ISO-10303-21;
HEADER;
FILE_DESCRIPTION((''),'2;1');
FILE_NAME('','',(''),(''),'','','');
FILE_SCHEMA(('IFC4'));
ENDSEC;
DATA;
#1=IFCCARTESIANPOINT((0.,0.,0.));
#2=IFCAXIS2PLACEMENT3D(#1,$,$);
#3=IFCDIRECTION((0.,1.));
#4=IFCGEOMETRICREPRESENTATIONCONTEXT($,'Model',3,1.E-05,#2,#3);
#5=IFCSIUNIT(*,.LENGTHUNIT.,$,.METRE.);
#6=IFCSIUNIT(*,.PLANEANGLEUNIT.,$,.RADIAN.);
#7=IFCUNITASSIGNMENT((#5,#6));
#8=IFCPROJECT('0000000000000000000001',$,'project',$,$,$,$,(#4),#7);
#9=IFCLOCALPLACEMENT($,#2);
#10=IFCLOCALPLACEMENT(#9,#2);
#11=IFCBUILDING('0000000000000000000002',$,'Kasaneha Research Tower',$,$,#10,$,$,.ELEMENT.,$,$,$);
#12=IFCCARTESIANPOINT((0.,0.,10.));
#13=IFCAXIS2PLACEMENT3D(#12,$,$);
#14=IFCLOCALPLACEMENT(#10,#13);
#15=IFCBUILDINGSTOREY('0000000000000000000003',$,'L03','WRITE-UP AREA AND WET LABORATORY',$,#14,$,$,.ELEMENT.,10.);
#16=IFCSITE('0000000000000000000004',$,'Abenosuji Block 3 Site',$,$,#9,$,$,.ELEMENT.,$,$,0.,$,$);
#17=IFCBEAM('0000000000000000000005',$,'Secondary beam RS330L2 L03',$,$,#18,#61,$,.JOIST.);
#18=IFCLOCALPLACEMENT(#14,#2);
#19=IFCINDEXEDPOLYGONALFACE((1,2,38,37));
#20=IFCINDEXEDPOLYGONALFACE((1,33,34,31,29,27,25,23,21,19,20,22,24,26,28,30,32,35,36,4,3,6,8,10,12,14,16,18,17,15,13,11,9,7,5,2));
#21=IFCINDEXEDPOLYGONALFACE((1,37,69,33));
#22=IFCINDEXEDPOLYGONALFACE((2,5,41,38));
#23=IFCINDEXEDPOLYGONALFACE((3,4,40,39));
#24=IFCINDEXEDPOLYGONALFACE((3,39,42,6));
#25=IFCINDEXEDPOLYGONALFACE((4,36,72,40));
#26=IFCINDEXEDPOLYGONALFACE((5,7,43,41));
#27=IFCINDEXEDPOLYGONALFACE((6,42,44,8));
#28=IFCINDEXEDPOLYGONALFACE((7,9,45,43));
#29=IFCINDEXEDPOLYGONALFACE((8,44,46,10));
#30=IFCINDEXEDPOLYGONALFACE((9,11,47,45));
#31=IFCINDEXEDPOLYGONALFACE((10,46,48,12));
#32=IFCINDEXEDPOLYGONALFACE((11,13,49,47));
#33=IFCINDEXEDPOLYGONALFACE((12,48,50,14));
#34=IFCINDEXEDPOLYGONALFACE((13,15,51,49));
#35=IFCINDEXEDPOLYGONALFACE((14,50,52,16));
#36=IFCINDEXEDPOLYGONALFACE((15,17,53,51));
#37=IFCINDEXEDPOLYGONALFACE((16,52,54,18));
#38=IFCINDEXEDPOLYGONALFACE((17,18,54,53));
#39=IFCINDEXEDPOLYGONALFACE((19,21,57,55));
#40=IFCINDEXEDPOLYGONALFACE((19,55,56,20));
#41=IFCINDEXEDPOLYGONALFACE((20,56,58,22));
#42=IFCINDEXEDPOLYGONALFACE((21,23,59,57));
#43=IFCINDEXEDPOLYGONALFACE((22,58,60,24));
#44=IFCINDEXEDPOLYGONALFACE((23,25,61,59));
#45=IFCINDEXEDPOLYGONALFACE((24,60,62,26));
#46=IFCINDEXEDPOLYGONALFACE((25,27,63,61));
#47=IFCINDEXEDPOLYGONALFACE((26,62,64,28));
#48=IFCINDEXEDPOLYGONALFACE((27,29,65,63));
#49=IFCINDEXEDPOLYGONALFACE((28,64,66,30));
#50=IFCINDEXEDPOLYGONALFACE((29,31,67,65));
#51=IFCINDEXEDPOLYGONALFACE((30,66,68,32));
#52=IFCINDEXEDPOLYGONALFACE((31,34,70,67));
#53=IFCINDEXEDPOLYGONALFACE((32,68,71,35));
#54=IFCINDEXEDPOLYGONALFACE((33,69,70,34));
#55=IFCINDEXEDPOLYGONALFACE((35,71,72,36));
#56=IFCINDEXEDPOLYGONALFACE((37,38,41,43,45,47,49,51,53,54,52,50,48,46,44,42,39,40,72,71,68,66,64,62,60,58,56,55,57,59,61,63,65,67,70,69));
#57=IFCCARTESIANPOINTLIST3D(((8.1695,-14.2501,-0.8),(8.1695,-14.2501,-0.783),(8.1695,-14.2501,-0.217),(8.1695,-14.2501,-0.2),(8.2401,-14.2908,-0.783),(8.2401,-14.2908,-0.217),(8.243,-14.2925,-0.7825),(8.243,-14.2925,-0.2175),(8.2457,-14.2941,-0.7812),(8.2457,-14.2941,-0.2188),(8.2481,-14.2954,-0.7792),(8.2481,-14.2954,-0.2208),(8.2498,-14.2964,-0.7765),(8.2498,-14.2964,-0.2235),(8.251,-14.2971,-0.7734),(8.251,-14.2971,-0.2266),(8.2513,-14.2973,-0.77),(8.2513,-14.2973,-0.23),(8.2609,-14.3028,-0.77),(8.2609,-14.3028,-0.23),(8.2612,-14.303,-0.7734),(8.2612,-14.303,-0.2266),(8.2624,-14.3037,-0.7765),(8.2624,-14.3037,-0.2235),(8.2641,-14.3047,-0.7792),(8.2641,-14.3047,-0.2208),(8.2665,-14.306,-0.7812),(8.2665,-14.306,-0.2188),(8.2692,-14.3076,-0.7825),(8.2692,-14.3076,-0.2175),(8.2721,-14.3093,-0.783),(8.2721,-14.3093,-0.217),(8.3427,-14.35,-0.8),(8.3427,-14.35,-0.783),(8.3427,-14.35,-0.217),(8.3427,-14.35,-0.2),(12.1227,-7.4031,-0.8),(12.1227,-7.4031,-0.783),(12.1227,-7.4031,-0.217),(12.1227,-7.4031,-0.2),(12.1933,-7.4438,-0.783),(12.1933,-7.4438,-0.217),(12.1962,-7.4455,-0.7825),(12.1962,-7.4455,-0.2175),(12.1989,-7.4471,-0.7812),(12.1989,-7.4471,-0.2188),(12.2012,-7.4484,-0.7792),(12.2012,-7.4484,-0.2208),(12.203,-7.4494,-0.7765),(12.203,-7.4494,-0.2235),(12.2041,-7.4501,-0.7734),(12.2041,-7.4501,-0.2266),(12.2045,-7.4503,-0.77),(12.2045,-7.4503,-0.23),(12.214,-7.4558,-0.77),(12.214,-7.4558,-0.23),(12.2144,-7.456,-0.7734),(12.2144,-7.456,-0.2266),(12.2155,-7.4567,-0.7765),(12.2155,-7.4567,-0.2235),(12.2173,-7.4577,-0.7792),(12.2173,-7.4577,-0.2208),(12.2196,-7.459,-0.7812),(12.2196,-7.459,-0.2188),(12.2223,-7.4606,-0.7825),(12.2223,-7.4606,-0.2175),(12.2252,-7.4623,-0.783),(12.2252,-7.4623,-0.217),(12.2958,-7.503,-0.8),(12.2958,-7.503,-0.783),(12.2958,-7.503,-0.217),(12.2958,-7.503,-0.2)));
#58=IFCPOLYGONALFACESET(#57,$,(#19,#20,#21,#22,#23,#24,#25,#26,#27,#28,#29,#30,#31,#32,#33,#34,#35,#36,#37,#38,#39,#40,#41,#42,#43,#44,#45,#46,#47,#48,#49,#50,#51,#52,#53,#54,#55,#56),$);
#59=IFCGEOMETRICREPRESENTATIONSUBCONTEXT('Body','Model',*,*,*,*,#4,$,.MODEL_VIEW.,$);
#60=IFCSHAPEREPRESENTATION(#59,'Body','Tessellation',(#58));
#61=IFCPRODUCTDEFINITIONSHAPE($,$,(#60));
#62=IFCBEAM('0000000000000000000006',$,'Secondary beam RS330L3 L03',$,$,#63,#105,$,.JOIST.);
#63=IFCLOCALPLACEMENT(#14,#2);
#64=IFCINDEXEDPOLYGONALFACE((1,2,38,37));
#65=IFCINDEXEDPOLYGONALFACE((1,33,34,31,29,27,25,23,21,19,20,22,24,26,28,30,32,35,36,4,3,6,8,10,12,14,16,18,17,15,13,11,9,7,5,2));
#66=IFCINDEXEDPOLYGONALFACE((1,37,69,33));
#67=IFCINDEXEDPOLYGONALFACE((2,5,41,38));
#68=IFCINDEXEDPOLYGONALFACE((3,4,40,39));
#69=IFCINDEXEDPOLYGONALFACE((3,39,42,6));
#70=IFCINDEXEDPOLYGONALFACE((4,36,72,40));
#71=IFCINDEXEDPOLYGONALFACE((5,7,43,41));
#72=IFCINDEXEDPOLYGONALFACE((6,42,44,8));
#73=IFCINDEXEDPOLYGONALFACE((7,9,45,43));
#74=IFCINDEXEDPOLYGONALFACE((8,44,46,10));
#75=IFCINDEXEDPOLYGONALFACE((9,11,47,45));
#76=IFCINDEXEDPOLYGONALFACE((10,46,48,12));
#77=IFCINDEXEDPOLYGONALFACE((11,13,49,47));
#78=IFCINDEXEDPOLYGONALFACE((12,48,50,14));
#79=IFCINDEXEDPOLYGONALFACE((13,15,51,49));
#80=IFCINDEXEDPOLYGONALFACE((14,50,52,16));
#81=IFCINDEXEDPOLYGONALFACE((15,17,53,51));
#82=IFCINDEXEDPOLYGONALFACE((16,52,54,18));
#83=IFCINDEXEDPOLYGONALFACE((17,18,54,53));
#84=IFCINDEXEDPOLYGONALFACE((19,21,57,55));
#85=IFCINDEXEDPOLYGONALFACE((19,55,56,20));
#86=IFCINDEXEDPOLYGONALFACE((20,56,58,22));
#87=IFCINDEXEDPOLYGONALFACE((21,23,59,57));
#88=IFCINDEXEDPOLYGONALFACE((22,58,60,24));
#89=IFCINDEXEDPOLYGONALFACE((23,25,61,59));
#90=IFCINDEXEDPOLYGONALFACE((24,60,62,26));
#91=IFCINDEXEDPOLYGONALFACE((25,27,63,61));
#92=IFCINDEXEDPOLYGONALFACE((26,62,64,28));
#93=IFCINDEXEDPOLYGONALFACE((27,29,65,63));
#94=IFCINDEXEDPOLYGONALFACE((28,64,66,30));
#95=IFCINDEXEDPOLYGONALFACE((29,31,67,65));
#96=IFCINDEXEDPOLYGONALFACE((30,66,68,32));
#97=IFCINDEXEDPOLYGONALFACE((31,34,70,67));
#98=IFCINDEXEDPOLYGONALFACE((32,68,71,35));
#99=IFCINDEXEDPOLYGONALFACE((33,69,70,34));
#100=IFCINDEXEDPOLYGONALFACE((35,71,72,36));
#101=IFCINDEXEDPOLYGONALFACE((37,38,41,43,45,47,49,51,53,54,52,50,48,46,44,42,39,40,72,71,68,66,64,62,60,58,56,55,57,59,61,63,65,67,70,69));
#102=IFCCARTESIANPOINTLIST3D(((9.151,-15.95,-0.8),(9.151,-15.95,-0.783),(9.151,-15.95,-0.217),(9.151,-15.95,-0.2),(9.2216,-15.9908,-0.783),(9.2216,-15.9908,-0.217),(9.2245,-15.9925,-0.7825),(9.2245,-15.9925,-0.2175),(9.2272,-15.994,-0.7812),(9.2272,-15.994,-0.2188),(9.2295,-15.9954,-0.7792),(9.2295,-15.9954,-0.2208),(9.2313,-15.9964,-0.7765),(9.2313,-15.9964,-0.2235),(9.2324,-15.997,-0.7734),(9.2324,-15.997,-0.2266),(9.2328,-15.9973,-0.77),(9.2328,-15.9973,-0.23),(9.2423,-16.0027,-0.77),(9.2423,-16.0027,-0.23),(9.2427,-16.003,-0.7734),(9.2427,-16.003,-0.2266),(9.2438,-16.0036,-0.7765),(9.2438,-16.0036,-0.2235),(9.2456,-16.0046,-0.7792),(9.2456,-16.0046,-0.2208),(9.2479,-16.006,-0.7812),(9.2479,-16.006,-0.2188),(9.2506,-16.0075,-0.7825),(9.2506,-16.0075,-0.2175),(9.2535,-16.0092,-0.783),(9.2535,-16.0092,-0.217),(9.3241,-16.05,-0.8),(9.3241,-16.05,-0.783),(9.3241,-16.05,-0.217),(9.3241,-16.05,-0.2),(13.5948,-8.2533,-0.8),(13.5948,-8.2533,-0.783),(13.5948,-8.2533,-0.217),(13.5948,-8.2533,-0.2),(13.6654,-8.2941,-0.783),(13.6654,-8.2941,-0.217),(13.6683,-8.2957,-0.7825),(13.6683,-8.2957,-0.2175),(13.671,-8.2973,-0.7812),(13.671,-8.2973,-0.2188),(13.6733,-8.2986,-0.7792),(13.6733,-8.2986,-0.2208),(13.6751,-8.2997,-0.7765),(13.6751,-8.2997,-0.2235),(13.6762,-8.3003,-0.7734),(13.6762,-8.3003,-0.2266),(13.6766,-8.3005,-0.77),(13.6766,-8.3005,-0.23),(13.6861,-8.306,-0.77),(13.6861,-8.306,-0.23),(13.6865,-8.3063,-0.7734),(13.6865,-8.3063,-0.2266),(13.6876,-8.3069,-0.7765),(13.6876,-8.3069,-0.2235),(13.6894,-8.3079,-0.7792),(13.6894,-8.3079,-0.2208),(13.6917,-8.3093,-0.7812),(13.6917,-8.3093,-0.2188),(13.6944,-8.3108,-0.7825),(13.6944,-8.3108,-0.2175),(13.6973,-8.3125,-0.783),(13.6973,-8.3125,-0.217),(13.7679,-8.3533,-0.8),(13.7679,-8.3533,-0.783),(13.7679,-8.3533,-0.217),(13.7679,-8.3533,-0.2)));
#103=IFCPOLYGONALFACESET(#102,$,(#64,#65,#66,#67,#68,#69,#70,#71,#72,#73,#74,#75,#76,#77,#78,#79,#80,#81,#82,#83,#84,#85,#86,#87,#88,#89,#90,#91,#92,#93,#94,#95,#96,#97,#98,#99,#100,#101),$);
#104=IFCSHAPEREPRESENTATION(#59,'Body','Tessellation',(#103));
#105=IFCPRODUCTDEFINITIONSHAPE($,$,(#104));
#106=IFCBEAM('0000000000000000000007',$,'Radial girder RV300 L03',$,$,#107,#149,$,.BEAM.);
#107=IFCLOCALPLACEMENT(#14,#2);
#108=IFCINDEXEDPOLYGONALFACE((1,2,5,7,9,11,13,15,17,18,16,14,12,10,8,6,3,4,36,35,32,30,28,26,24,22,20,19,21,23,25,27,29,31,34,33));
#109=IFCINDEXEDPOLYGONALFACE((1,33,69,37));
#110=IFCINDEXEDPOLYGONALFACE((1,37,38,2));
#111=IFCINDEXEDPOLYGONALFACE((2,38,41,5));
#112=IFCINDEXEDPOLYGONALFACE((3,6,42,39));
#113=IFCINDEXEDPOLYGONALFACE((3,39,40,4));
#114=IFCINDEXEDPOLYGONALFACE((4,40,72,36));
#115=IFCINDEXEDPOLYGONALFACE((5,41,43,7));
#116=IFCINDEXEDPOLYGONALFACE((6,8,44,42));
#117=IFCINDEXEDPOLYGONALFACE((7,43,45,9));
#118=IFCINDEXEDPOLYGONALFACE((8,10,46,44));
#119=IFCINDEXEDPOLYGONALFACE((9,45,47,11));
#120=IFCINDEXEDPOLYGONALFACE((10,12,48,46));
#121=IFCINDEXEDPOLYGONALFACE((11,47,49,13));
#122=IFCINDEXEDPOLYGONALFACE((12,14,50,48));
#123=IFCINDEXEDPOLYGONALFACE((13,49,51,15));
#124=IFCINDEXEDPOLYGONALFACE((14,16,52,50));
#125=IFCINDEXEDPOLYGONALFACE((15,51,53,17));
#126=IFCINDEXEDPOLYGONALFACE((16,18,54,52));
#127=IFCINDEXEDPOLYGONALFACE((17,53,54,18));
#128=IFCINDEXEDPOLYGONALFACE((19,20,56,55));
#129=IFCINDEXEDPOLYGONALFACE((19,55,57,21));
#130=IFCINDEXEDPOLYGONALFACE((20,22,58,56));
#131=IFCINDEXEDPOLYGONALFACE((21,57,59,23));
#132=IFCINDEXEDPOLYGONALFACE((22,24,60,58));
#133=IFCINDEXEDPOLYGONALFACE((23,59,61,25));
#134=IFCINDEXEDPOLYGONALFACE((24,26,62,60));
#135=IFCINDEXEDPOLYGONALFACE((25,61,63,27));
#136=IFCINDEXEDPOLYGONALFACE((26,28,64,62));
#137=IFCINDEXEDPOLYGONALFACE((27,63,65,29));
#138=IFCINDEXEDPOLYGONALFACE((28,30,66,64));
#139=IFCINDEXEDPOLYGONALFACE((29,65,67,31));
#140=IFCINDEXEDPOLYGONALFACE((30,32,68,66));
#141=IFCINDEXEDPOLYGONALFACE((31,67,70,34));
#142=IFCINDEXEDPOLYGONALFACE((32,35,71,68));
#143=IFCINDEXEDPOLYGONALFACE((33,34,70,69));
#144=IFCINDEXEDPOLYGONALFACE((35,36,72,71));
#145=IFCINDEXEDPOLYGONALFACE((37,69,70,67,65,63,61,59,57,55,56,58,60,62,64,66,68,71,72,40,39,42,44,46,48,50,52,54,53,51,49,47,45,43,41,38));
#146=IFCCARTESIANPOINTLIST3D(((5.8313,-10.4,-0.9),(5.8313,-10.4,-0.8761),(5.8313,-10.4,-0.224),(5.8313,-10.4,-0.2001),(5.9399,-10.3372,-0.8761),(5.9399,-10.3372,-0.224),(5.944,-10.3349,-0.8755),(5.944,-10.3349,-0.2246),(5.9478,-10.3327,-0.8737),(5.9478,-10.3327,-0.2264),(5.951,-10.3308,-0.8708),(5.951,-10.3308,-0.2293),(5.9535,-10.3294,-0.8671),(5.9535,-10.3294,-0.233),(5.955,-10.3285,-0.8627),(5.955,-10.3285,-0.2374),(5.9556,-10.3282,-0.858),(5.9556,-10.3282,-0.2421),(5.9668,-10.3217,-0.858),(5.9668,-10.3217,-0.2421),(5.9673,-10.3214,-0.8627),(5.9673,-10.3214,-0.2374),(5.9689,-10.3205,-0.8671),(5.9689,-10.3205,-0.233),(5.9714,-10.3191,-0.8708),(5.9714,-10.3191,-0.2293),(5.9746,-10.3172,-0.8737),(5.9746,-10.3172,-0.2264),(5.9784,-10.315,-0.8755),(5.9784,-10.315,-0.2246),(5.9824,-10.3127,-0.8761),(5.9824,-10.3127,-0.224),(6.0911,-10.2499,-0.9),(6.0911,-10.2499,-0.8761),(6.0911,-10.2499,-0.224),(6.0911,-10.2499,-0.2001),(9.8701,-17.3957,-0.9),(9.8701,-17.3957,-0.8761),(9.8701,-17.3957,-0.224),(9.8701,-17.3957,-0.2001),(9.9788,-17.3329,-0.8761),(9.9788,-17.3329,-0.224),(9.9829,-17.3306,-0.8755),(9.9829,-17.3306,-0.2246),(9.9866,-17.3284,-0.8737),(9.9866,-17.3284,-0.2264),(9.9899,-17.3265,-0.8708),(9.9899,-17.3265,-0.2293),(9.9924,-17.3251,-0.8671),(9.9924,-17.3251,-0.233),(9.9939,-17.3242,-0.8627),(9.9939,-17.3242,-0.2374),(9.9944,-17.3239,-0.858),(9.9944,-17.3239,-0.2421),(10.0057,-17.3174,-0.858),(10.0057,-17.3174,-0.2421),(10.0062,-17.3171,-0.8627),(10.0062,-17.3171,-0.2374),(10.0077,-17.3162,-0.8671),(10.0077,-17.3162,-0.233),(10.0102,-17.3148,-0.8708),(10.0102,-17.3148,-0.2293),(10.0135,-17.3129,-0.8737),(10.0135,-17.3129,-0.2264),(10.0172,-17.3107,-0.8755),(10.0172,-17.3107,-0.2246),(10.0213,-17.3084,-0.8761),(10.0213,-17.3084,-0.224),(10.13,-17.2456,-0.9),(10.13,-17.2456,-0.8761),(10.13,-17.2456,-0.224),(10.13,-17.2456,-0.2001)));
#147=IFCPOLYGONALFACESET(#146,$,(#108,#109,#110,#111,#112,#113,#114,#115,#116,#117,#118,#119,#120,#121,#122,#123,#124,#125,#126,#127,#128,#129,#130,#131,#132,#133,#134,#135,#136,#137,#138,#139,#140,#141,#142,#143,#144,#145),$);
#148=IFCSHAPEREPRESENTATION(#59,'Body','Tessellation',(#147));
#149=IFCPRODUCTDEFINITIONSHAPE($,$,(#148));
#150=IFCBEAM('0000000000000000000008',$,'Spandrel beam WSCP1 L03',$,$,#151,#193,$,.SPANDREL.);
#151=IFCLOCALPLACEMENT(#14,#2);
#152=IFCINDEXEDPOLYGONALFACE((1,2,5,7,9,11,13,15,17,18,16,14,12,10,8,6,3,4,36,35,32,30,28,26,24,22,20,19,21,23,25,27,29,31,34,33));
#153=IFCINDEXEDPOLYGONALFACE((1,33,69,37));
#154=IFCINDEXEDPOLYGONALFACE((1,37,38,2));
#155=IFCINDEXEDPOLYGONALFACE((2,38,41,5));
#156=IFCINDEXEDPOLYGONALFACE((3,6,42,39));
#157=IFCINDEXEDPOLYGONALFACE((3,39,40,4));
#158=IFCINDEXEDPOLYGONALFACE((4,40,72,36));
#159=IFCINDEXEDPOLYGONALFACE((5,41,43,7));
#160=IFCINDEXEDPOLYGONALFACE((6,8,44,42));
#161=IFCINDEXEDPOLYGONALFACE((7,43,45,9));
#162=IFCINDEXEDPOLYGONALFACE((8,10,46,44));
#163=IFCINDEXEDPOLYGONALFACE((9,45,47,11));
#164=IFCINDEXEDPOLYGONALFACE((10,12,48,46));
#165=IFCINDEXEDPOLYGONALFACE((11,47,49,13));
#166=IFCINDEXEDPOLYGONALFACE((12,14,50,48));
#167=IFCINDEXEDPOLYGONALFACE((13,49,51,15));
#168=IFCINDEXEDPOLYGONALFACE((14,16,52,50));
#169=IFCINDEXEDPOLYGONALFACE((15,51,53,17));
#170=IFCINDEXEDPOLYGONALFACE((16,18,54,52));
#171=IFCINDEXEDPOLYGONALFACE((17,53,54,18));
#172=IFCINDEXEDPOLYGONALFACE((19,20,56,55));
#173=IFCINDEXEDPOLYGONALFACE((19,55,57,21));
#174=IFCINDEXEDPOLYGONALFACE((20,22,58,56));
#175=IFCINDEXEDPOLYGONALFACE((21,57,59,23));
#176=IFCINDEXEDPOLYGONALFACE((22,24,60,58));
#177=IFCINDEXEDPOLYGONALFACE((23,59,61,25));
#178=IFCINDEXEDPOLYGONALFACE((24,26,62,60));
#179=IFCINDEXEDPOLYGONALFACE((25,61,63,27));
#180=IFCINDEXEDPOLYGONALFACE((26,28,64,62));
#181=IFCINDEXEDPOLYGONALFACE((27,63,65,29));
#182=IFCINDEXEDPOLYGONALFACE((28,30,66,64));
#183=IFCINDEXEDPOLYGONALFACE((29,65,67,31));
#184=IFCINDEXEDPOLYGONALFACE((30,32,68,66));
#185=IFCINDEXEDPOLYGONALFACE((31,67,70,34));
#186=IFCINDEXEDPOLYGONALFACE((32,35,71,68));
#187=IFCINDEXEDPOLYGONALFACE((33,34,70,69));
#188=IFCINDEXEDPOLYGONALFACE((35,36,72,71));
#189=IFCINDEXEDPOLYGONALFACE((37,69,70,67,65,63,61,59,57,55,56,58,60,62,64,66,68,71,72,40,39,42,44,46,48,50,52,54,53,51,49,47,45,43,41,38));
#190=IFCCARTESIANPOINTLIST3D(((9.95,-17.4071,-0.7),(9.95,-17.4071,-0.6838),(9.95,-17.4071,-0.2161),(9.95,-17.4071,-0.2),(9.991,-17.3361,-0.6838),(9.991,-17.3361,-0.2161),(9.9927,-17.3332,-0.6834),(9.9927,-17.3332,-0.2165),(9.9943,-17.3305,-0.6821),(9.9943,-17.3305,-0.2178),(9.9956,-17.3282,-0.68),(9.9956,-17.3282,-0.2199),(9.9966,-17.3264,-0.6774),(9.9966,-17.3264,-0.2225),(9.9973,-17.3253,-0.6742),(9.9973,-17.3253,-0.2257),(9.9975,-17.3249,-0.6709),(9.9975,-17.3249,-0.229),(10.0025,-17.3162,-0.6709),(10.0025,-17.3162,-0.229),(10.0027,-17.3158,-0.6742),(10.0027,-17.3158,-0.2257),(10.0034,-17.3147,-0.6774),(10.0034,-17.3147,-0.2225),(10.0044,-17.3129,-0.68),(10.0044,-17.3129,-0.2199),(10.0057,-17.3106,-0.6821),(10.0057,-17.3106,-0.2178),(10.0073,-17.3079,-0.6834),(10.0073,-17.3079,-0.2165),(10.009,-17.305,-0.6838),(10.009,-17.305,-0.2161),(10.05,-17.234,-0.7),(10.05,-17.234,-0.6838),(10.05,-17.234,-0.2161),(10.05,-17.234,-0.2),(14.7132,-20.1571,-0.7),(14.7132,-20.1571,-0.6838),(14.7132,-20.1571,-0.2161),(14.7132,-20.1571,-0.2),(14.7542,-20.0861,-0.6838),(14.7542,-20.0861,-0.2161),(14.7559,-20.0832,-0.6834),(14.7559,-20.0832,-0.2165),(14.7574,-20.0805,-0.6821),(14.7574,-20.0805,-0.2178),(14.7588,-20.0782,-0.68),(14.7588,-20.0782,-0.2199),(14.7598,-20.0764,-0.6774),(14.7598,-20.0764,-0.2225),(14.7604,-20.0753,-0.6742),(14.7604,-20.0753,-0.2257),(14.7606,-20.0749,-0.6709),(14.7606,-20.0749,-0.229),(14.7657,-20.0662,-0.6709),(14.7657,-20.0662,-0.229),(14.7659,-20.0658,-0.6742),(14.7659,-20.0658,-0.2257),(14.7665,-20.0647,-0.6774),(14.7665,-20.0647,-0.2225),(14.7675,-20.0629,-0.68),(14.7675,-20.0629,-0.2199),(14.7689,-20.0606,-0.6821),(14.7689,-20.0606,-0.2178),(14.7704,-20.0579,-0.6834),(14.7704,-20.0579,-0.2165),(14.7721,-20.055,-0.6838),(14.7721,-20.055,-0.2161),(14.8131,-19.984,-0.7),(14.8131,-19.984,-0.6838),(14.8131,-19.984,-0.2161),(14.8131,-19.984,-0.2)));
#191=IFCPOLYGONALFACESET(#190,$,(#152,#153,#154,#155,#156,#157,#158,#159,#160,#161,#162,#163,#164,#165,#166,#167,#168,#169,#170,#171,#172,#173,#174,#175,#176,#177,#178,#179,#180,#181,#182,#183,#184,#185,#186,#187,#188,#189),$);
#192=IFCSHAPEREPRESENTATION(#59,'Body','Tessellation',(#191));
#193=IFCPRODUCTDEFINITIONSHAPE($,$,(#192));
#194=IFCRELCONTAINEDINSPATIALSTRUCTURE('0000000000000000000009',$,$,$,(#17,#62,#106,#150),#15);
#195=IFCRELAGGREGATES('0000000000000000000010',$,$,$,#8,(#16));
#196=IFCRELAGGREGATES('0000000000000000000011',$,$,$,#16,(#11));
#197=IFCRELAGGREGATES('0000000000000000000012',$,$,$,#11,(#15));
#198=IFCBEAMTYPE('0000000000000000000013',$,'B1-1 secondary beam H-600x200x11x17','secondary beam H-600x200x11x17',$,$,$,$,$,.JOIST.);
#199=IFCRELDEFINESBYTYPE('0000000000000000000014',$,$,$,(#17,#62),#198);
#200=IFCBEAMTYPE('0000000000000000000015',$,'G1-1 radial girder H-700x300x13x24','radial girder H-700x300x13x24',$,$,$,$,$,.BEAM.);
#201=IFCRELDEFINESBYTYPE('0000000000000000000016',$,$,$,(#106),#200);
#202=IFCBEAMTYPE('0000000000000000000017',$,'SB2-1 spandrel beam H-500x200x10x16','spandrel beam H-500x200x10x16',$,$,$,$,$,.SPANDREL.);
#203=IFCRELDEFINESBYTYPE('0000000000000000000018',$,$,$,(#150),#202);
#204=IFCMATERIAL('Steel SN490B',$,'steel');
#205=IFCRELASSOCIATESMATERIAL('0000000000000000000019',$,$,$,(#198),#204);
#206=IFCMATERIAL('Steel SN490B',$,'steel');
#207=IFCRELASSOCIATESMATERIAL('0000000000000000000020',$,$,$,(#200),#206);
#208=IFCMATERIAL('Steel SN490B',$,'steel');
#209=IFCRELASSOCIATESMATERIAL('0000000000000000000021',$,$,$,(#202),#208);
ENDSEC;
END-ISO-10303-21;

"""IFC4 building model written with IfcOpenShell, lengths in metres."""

from ifc_helpers import new_model, si_unit, direction, frame, origin, origin_2d, place, context, subcontext, project, spatial, i_section, extrude, material, material_profile, profile_set, type_object, element, save


model = new_model("IFC4")

# Units and contexts
model_context = context("Model", 3, precision=1e-05, world=origin(), true_north=direction((0.0, 1.0)))
body_context = subcontext(model_context, "Body", "Model", "MODEL_VIEW")
ifc_project = project(units=[si_unit("LENGTHUNIT", "METRE"), si_unit("PLANEANGLEUNIT", "RADIAN")], contexts=[model_context])

# Site, building, storey
site_placement = place(None, origin())
site = spatial("IfcSite", under=ifc_project, at=site_placement, Name="Abenosuji Block 3 Site", CompositionType="ELEMENT", RefElevation=0.0)
building_placement = place(site_placement, origin())
building = spatial("IfcBuilding", under=site, at=building_placement, Name="Kasaneha Research Tower", CompositionType="ELEMENT")
storey_placement = place(building_placement, frame((0.0, 0.0, 10.0)))
storey = spatial("IfcBuildingStorey", under=building, at=storey_placement, Name="L03", Description="WRITE-UP AREA AND WET LABORATORY", CompositionType="ELEMENT", Elevation=10.0)

# Beams
ifc_material_1 = material(Name="Steel SN490B", Category="steel")
ifc_material_profile_1 = material_profile(ifc_material_1, i_section(OverallWidth=0.2, OverallDepth=0.6001, WebThickness=0.011, FlangeThickness=0.0171, FilletRadius=0.0129, at=origin_2d()), Name="H-600x200x11x17")
ifc_profile_set_1 = profile_set([ifc_material_profile_1], Name="Steel SN490B")
beam_type_1 = type_object("IfcBeamType", Name="B1-1 secondary beam H-600x200x11x17", Description="secondary beam H-600x200x11x17", PredefinedType="JOIST", material=ifc_profile_set_1)
beam_1_placement = place(storey_placement, frame((8.2561, -14.3, -0.5), z_axis=(0.500005, 0.866023, 0.0), x_axis=(-0.866023, 0.500005, 0.0)))
element("IfcBeam", 1, at=beam_1_placement, inside=storey, type_object=beam_type_1, Name="Secondary beam RS330L2 L03", PredefinedType="JOIST", context=body_context, shape_type="SweptSolid", body=[
    extrude(i_section(OverallWidth=0.2, OverallDepth=0.6001, WebThickness=0.011, FlangeThickness=0.0171, FilletRadius=0.0129, at=origin_2d()), origin(), (0.0, 0.0, 1.0), 7.9062),
])
beam_2_placement = place(storey_placement, frame((9.2375, -16.0, -0.5), z_axis=(0.500009, 0.86602, 0.0), x_axis=(-0.86602, 0.500009, 0.0)))
element("IfcBeam", 2, at=beam_2_placement, inside=storey, type_object=beam_type_1, Name="Secondary beam RS330L3 L03", PredefinedType="JOIST", context=body_context, shape_type="SweptSolid", body=[
    extrude(i_section(OverallWidth=0.2, OverallDepth=0.6001, WebThickness=0.011, FlangeThickness=0.0171, FilletRadius=0.0129, at=origin_2d()), origin(), (0.0, 0.0, 1.0), 8.8875),
])
ifc_material_2 = material(Name="Steel SN490B", Category="steel")
ifc_material_profile_2 = material_profile(ifc_material_2, i_section(OverallWidth=0.3, OverallDepth=0.7, WebThickness=0.0129, FlangeThickness=0.0239, FilletRadius=0.0181, at=origin_2d()), Name="H-700x300x13x24")
ifc_profile_set_2 = profile_set([ifc_material_profile_2], Name="Steel SN490B")
beam_type_2 = type_object("IfcBeamType", Name="G1-1 radial girder H-700x300x13x24", Description="radial girder H-700x300x13x24", PredefinedType="BEAM", material=ifc_profile_set_2)
beam_3_placement = place(storey_placement, frame((5.9612, -10.325, -0.55), z_axis=(0.499991, -0.866031, 0.0), x_axis=(0.866031, 0.499991, 0.0)))
element("IfcBeam", 3, at=beam_3_placement, inside=storey, type_object=beam_type_2, Name="Radial girder RV300 L03", PredefinedType="BEAM", context=body_context, shape_type="SweptSolid", body=[
    extrude(i_section(OverallWidth=0.3, OverallDepth=0.7, WebThickness=0.0129, FlangeThickness=0.0239, FilletRadius=0.0181, at=origin_2d()), origin(), (0.0, 0.0, 1.0), 8.0779),
])
ifc_material_3 = material(Name="Steel SN490B", Category="steel")
ifc_material_profile_3 = material_profile(ifc_material_3, i_section(OverallWidth=0.2, OverallDepth=0.5, WebThickness=0.01, FlangeThickness=0.0161, FilletRadius=0.0129, at=origin_2d()), Name="H-500x200x10x16")
ifc_profile_set_3 = profile_set([ifc_material_profile_3], Name="Steel SN490B")
beam_type_3 = type_object("IfcBeamType", Name="SB2-1 spandrel beam H-500x200x10x16", Description="spandrel beam H-500x200x10x16", PredefinedType="SPANDREL", material=ifc_profile_set_3)
beam_4_placement = place(storey_placement, frame((10.0, -17.3206, -0.45), z_axis=(0.866027, -0.499997, 0.0), x_axis=(0.499997, 0.866027, 0.0)))
element("IfcBeam", 4, at=beam_4_placement, inside=storey, type_object=beam_type_3, Name="Spandrel beam WSCP1 L03", PredefinedType="SPANDREL", context=body_context, shape_type="SweptSolid", body=[
    extrude(i_section(OverallWidth=0.2, OverallDepth=0.5, WebThickness=0.01, FlangeThickness=0.0161, FilletRadius=0.0129, at=origin_2d()), origin(), (0.0, 0.0, 1.0), 5.5),
])

save(model, "model.ifc")
